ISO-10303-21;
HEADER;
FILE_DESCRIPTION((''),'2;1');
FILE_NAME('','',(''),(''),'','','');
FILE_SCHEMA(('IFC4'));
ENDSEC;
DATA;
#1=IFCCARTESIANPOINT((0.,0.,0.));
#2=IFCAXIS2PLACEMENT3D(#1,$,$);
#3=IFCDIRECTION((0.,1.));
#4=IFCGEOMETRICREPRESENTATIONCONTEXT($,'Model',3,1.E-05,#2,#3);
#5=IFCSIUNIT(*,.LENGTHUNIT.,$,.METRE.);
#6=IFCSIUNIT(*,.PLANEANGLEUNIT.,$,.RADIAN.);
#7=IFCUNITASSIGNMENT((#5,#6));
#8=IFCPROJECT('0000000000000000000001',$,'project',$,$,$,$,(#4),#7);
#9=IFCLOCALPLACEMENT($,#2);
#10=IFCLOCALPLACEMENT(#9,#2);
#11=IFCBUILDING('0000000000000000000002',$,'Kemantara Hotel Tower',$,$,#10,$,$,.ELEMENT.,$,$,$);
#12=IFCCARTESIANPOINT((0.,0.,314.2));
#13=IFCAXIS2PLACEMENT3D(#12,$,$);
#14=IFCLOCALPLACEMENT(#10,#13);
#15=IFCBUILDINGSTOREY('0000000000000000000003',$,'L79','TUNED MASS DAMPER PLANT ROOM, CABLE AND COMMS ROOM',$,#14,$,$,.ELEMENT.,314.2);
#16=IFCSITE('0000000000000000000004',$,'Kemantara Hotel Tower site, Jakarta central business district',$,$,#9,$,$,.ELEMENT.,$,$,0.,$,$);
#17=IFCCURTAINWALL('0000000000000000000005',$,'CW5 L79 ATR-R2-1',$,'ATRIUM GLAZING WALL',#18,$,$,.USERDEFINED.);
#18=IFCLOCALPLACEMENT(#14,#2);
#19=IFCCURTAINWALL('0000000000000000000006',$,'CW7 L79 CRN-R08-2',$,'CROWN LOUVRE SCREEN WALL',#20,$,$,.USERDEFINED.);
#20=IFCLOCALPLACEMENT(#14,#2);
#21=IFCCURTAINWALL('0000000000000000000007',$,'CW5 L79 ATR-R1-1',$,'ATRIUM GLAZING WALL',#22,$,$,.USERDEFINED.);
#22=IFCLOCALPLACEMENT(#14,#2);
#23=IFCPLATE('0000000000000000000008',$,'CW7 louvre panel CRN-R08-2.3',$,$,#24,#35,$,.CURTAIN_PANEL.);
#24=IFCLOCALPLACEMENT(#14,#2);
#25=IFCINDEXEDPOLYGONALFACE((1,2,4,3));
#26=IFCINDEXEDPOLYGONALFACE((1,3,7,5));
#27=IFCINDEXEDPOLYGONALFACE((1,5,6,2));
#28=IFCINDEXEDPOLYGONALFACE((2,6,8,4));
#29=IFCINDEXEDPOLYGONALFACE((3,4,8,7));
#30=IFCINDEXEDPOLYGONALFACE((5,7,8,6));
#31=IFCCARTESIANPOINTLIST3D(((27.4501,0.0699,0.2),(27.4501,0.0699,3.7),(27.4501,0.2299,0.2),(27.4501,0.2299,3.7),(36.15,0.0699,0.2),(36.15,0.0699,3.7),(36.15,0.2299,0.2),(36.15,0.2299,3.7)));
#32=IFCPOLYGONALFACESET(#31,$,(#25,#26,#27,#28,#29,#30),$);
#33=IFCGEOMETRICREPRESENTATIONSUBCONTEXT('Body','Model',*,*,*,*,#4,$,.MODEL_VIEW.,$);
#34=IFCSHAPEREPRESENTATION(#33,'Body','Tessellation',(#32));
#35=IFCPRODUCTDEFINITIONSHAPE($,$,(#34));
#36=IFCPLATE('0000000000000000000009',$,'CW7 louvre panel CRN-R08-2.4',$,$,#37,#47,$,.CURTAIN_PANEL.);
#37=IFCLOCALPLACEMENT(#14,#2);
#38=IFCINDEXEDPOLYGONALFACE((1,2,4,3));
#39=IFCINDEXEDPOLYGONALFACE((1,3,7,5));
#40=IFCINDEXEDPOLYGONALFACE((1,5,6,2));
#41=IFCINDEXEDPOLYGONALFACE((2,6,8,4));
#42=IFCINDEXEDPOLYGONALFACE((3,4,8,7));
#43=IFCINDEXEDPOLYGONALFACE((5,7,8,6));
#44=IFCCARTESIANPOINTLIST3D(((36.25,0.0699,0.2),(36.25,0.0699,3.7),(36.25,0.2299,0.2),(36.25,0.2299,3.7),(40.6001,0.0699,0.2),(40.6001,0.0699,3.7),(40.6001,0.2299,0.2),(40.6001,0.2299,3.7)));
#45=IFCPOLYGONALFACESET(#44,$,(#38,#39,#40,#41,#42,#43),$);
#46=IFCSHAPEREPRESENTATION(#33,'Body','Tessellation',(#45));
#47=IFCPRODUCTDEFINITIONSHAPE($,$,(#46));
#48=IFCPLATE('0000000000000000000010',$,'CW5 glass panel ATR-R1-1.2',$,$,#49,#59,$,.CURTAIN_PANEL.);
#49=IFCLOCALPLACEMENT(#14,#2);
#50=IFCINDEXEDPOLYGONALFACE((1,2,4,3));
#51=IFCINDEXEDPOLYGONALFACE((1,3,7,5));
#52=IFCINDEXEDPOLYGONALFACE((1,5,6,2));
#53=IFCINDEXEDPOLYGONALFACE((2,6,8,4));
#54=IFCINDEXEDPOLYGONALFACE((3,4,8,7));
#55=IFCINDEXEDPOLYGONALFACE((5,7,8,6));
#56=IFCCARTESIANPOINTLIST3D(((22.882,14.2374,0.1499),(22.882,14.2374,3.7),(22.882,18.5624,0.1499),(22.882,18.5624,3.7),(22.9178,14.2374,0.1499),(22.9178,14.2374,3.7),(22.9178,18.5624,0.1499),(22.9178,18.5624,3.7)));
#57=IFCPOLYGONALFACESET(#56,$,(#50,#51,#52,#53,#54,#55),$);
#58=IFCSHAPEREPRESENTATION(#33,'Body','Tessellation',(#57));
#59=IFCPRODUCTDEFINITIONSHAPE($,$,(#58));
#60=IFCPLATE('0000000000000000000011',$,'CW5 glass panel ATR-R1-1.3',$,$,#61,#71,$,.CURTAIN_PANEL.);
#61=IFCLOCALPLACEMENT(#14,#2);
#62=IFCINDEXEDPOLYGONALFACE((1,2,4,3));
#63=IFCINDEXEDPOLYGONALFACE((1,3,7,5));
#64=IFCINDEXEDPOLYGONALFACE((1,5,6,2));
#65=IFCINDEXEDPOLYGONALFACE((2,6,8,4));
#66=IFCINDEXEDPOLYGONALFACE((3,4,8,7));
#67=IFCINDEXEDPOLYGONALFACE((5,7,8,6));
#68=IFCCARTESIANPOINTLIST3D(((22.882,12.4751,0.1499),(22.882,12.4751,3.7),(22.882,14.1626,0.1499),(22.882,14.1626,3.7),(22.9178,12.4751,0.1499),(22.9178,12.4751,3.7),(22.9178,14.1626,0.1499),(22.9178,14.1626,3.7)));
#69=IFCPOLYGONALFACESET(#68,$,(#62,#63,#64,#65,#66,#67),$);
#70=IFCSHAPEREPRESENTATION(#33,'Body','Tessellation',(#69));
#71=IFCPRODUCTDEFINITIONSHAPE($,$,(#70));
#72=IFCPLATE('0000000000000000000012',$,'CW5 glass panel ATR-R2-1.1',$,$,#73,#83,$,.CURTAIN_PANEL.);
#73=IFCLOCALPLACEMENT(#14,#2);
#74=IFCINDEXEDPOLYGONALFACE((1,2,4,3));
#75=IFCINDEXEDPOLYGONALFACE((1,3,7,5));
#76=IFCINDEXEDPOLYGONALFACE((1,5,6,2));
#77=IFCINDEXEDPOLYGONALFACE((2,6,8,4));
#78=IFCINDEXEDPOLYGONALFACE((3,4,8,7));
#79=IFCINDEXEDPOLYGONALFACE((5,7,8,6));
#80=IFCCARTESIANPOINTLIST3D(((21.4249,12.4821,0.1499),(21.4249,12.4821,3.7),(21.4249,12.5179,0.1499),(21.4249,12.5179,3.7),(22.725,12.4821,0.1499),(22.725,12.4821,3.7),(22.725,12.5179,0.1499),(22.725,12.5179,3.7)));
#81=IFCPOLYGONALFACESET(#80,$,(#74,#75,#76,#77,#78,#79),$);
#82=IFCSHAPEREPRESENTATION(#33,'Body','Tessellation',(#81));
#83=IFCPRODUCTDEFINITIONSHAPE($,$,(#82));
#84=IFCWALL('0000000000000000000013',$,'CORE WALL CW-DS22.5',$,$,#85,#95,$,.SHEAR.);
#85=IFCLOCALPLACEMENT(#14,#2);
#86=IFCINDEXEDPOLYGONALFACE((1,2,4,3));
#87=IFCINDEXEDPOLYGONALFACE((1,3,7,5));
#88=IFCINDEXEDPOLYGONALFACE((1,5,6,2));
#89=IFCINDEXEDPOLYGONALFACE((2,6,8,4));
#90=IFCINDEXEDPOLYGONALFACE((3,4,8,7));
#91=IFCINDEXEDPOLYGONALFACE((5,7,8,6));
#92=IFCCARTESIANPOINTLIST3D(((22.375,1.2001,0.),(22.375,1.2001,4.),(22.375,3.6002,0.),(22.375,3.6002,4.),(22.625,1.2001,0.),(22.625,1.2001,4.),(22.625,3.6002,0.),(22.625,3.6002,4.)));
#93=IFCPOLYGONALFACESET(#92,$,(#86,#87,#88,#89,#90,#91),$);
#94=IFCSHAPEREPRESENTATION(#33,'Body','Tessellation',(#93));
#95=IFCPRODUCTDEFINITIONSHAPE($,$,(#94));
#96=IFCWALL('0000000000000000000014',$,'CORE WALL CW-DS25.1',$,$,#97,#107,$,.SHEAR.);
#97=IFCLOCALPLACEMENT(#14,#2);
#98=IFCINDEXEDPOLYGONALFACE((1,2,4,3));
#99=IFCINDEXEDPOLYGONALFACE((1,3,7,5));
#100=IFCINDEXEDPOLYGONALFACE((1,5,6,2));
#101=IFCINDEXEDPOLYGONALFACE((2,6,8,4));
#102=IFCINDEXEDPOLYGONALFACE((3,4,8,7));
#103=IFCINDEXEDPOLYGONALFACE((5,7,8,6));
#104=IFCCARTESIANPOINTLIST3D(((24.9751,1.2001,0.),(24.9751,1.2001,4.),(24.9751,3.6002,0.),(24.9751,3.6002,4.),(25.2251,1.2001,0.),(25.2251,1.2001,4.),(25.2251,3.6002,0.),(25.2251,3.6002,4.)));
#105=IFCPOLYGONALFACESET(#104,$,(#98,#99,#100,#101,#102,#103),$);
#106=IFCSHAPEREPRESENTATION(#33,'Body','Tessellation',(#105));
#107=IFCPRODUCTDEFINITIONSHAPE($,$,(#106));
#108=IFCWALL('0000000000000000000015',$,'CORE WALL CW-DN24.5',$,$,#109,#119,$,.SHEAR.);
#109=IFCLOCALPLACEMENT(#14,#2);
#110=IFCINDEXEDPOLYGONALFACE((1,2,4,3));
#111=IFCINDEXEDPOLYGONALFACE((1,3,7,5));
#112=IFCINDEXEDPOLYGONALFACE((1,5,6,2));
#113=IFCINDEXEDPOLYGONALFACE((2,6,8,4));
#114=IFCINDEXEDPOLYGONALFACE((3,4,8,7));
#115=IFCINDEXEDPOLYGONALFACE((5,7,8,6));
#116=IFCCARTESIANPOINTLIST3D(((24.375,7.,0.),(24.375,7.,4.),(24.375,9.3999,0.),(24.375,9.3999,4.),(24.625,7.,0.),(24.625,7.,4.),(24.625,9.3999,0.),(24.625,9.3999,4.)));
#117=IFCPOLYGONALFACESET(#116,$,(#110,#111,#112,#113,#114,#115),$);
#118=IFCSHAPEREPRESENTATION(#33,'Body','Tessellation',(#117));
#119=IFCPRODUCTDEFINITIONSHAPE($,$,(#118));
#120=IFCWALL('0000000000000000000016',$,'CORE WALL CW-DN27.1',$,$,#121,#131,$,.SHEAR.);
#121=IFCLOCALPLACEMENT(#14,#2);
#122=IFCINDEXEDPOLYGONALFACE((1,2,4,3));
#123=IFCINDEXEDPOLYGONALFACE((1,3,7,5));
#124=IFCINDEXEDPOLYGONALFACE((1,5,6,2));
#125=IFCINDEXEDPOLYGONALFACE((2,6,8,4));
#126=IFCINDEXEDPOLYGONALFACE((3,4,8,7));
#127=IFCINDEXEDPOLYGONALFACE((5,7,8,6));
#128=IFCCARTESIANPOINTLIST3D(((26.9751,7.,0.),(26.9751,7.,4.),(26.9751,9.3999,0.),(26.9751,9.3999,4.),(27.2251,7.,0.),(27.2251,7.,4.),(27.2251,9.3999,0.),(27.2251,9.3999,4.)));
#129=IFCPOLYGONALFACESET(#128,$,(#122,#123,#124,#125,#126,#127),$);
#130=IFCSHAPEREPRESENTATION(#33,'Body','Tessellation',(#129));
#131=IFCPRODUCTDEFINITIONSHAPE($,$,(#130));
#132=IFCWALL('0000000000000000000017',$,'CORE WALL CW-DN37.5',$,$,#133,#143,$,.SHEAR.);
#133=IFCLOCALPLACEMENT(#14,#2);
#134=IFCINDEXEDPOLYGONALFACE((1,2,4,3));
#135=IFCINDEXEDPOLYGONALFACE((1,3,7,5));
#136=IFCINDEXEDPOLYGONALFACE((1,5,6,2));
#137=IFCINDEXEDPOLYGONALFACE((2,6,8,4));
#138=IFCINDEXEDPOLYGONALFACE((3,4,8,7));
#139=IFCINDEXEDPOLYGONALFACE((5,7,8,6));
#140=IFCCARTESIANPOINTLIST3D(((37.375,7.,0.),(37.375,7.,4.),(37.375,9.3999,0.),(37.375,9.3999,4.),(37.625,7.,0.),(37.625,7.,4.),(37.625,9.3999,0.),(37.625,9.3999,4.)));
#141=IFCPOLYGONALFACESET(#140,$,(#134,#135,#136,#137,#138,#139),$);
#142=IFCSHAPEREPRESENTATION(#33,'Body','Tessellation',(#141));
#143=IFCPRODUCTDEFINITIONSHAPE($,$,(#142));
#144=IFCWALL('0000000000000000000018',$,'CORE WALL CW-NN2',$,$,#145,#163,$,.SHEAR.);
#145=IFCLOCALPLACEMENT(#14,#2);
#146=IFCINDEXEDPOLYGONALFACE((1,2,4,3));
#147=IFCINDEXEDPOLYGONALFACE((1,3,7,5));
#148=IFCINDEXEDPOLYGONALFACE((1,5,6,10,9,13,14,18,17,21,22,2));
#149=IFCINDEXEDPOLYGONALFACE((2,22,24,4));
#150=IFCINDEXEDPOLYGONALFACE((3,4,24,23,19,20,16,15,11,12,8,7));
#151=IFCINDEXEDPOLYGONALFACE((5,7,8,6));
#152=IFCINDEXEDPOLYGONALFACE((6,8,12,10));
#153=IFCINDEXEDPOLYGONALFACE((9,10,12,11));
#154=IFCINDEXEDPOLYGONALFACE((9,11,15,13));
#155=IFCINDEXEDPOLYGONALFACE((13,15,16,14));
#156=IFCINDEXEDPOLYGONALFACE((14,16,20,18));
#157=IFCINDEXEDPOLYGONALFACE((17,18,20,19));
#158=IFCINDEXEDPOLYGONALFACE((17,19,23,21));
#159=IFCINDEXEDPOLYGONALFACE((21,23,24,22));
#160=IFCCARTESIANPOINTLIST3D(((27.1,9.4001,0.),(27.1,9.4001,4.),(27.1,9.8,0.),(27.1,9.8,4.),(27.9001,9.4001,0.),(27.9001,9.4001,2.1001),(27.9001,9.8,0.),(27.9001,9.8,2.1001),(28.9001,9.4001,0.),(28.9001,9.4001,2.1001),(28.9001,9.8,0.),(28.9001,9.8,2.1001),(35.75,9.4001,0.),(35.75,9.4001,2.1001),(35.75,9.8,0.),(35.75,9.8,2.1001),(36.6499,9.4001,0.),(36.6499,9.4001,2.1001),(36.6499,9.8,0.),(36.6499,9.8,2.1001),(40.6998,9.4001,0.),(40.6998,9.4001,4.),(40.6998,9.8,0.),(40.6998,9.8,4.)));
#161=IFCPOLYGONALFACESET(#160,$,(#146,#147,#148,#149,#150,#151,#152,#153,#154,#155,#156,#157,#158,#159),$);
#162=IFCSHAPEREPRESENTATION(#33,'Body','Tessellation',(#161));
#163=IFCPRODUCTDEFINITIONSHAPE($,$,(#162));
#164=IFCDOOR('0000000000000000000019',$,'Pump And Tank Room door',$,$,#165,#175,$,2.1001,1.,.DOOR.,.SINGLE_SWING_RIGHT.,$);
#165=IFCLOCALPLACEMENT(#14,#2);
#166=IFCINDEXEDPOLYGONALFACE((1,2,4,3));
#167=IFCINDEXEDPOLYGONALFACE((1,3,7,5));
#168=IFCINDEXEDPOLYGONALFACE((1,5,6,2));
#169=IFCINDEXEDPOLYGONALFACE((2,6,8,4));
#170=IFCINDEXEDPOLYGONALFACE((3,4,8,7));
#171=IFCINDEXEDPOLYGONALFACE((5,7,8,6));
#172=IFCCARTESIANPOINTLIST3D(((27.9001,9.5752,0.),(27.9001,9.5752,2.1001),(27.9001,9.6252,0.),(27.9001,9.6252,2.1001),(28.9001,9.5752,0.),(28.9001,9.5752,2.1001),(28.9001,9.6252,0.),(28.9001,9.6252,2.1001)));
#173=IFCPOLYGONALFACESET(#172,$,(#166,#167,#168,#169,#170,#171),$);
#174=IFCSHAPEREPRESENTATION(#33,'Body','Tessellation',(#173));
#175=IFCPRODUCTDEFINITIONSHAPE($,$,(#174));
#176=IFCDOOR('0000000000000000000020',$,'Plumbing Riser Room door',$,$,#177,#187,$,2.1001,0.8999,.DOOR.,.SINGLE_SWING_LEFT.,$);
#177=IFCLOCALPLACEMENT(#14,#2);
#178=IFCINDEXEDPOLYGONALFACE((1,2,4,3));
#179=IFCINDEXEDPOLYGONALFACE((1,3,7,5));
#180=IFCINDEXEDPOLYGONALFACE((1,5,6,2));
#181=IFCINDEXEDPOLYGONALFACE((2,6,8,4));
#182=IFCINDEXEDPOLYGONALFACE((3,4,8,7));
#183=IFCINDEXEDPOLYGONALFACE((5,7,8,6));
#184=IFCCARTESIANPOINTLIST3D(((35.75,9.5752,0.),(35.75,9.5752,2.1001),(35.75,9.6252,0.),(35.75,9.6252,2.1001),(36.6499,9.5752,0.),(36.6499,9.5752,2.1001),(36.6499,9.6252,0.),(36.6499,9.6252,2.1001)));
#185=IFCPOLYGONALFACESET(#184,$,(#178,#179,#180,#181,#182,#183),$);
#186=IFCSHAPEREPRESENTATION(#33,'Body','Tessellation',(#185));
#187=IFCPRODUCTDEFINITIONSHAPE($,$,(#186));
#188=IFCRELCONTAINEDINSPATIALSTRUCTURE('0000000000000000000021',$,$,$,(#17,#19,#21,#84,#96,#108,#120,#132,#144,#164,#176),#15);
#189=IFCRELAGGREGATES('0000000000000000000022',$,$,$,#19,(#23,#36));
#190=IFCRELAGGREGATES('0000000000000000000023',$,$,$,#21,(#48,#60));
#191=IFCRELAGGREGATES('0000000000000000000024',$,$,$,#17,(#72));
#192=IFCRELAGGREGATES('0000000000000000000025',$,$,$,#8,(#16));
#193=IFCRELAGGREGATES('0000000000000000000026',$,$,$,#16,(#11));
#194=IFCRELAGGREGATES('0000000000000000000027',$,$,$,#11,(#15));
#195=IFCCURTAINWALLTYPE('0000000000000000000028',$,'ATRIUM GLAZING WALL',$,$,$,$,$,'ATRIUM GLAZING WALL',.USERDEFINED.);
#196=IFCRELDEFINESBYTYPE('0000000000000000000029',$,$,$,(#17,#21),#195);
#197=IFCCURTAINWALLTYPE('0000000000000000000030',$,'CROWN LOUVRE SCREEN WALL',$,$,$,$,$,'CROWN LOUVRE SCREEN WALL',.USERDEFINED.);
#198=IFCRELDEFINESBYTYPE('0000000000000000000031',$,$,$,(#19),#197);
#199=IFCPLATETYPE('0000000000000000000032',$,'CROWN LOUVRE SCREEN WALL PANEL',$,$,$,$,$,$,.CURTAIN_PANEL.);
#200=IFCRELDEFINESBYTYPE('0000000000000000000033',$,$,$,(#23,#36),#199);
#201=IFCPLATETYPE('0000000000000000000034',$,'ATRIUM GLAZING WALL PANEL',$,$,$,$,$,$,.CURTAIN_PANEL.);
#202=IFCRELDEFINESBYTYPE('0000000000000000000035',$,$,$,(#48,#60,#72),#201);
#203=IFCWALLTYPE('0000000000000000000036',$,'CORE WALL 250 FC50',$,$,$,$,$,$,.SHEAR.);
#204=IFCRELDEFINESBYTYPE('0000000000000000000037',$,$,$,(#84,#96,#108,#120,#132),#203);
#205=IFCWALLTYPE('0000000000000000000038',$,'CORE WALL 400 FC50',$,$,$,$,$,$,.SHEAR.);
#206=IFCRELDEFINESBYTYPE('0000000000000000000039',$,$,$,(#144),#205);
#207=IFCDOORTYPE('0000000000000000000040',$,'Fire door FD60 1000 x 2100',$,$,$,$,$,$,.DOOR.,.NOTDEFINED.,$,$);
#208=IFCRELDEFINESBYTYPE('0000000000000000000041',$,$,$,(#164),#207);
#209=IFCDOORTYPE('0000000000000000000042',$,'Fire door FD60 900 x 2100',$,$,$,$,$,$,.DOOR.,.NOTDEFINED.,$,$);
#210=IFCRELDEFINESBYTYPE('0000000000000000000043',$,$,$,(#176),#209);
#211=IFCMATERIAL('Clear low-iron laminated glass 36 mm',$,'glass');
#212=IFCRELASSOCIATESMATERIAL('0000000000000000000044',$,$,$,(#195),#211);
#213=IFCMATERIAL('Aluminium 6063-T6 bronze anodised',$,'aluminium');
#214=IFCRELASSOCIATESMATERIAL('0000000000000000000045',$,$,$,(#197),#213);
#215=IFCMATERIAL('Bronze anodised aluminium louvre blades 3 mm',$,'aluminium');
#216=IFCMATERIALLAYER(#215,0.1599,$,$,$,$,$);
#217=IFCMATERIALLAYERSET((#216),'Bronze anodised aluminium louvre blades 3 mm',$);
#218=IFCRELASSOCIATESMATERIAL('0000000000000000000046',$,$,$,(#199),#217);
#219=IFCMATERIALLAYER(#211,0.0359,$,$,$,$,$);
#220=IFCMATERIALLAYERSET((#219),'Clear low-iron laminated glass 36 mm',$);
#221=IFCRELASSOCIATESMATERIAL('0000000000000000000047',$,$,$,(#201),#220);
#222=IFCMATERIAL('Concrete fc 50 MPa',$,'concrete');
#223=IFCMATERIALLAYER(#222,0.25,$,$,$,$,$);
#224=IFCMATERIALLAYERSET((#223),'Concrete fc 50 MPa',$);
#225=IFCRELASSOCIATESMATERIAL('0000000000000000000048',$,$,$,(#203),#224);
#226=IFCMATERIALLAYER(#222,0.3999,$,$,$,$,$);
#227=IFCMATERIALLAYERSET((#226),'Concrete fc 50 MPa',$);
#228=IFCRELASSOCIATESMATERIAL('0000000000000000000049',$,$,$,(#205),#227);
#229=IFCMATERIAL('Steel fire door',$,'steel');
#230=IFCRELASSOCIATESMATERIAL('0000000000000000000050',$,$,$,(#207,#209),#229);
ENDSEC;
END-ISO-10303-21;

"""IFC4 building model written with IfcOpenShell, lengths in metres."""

from ifc_helpers import new_model, si_unit, direction, frame, frame_2d, origin, origin_2d, place, context, subcontext, project, spatial, rectangle, extrude, source, transform, mapped, material, layer, layer_set, type_object, element, fill, aggregate, save


model = new_model("IFC4")

# Units and contexts
model_context = context("Model", 3, precision=1e-05, world=origin(), true_north=direction((0.0, 1.0)))
body_context = subcontext(model_context, "Body", "Model", "MODEL_VIEW")
ifc_project = project(units=[si_unit("LENGTHUNIT", "METRE"), si_unit("PLANEANGLEUNIT", "RADIAN")], contexts=[model_context])

# Site, building, storey
site_placement = place(None, origin())
site = spatial("IfcSite", under=ifc_project, at=site_placement, Name="Kemantara Hotel Tower site, Jakarta central business district", CompositionType="ELEMENT", RefElevation=0.0)
building_placement = place(site_placement, origin())
building = spatial("IfcBuilding", under=site, at=building_placement, Name="Kemantara Hotel Tower", CompositionType="ELEMENT")
storey_placement = place(building_placement, frame((0.0, 0.0, 314.2)))
storey = spatial("IfcBuildingStorey", under=building, at=storey_placement, Name="L79", Description="TUNED MASS DAMPER PLANT ROOM, CABLE AND COMMS ROOM", CompositionType="ELEMENT", Elevation=314.2)

# Shared definitions
ifc_material_1 = material(Name="Concrete fc 50 MPa", Category="concrete")

# Curtain wall
ifc_material_2 = material(Name="Clear low-iron laminated glass 36 mm", Category="glass")
curtain_wall_type_1 = type_object("IfcCurtainWallType", Name="ATRIUM GLAZING WALL", ElementType="ATRIUM GLAZING WALL", PredefinedType="USERDEFINED", material=ifc_material_2)
curtain_wall_1_placement = place(storey_placement, origin())
curtain_wall_1 = element("IfcCurtainWall", 1, at=curtain_wall_1_placement, inside=storey, type_object=curtain_wall_type_1, Name="CW5 L79 ATR-R2-1", ObjectType="ATRIUM GLAZING WALL", PredefinedType="USERDEFINED")
ifc_material_3 = material(Name="Aluminium 6063-T6 bronze anodised", Category="aluminium")

# Curtain walls
curtain_wall_type_2 = type_object("IfcCurtainWallType", Name="CROWN LOUVRE SCREEN WALL", ElementType="CROWN LOUVRE SCREEN WALL", PredefinedType="USERDEFINED", material=ifc_material_3)
curtain_wall_2_placement = place(storey_placement, origin())
curtain_wall_2 = element("IfcCurtainWall", 2, at=curtain_wall_2_placement, inside=storey, type_object=curtain_wall_type_2, Name="CW7 L79 CRN-R08-2", ObjectType="CROWN LOUVRE SCREEN WALL", PredefinedType="USERDEFINED")
curtain_wall_3_placement = place(storey_placement, origin())
curtain_wall_3 = element("IfcCurtainWall", 3, at=curtain_wall_3_placement, inside=storey, type_object=curtain_wall_type_1, Name="CW5 L79 ATR-R1-1", ObjectType="ATRIUM GLAZING WALL", PredefinedType="USERDEFINED")

# Plates
ifc_material_4 = material(Name="Bronze anodised aluminium louvre blades 3 mm", Category="aluminium")
ifc_layer_1 = layer(ifc_material_4, 0.1599)
ifc_layer_set_1 = layer_set([ifc_layer_1], Name="Bronze anodised aluminium louvre blades 3 mm")
plate_type_1 = type_object("IfcPlateType", Name="CROWN LOUVRE SCREEN WALL PANEL", PredefinedType="CURTAIN_PANEL", material=ifc_layer_set_1)
shared_shape_1 = source(origin(), body_context, "Body", "SweptSolid", [
    extrude(rectangle(XDim=8.7, YDim=0.1599, at=origin_2d()), origin(), (0.0, 0.0, 1.0), 3.5),
])
plate_1_placement = place(storey_placement, frame((31.8, 0.1499, 0.2), z_axis=(0.0, 0.0, 1.0), x_axis=(1.0, 0.0, 0.0)))
plate_1 = element("IfcPlate", 4, at=plate_1_placement, type_object=plate_type_1, Name="CW7 louvre panel CRN-R08-2.3", PredefinedType="CURTAIN_PANEL", context=body_context, shape_type="MappedRepresentation", body=[
    mapped(shared_shape_1, transform((0.0, 0.0, 0.0))),
])
shared_shape_2 = source(origin(), body_context, "Body", "SweptSolid", [
    extrude(rectangle(XDim=4.3501, YDim=0.1599, at=origin_2d()), origin(), (0.0, 0.0, 1.0), 3.5),
])
plate_2_placement = place(storey_placement, frame((38.425, 0.1499, 0.2), z_axis=(0.0, 0.0, 1.0), x_axis=(1.0, 0.0, 0.0)))
plate_2 = element("IfcPlate", 5, at=plate_2_placement, type_object=plate_type_1, Name="CW7 louvre panel CRN-R08-2.4", PredefinedType="CURTAIN_PANEL", context=body_context, shape_type="MappedRepresentation", body=[
    mapped(shared_shape_2, transform((0.0, 0.0, 0.0))),
])
aggregate(curtain_wall_2, [plate_1, plate_2])
ifc_layer_2 = layer(ifc_material_2, 0.0359)
ifc_layer_set_2 = layer_set([ifc_layer_2], Name="Clear low-iron laminated glass 36 mm")
plate_type_2 = type_object("IfcPlateType", Name="ATRIUM GLAZING WALL PANEL", PredefinedType="CURTAIN_PANEL", material=ifc_layer_set_2)
shared_shape_3 = source(origin(), body_context, "Body", "SweptSolid", [
    extrude(rectangle(XDim=4.325, YDim=0.0359, at=origin_2d()), origin(), (0.0, 0.0, 1.0), 3.55),
])
plate_3_placement = place(storey_placement, frame((22.8999, 16.3999, 0.1499), z_axis=(0.0, 0.0, 1.0), x_axis=(0.0, -1.0, 0.0)))
plate_3 = element("IfcPlate", 6, at=plate_3_placement, type_object=plate_type_2, Name="CW5 glass panel ATR-R1-1.2", PredefinedType="CURTAIN_PANEL", context=body_context, shape_type="MappedRepresentation", body=[
    mapped(shared_shape_3, transform((0.0, 0.0, 0.0))),
])
shared_shape_4 = source(origin(), body_context, "Body", "SweptSolid", [
    extrude(rectangle(XDim=1.6875, YDim=0.0359, at=origin_2d()), origin(), (0.0, 0.0, 1.0), 3.55),
])
plate_4_placement = place(storey_placement, frame((22.8999, 13.3188, 0.1499), z_axis=(0.0, 0.0, 1.0), x_axis=(0.0, -1.0, 0.0)))
plate_4 = element("IfcPlate", 7, at=plate_4_placement, type_object=plate_type_2, Name="CW5 glass panel ATR-R1-1.3", PredefinedType="CURTAIN_PANEL", context=body_context, shape_type="MappedRepresentation", body=[
    mapped(shared_shape_4, transform((0.0, 0.0, 0.0))),
])
aggregate(curtain_wall_3, [plate_3, plate_4])
shared_shape_5 = source(origin(), body_context, "Body", "SweptSolid", [
    extrude(rectangle(XDim=1.3, YDim=0.0359, at=origin_2d()), origin(), (0.0, 0.0, 1.0), 3.55),
])
plate_5_placement = place(storey_placement, frame((22.075, 12.5, 0.1499), z_axis=(0.0, 0.0, 1.0), x_axis=(-1.0, 0.0, 0.0)))
plate_5 = element("IfcPlate", 8, at=plate_5_placement, type_object=plate_type_2, Name="CW5 glass panel ATR-R2-1.1", PredefinedType="CURTAIN_PANEL", context=body_context, shape_type="MappedRepresentation", body=[
    mapped(shared_shape_5, transform((0.0, 0.0, 0.0))),
])
aggregate(curtain_wall_1, [plate_5])

# Walls
ifc_layer_3 = layer(ifc_material_1, 0.25)
ifc_layer_set_3 = layer_set([ifc_layer_3], Name="Concrete fc 50 MPa")
wall_type_1 = type_object("IfcWallType", Name="CORE WALL 250 FC50", PredefinedType="SHEAR", material=ifc_layer_set_3)
for number, where, z_axis, x_axis, name in (
    (9, (22.5, 1.2, 0.0), (0.0, 0.0, 1.0), (0.0, 1.0, 0.0), "CORE WALL CW-DS22.5"),
    (10, (25.1001, 1.2, 0.0), (0.0, 0.0, 1.0), (0.0, 1.0, 0.0), "CORE WALL CW-DS25.1"),
):
    element("IfcWall", number, at=place(storey_placement, frame(where, z_axis=z_axis, x_axis=x_axis)), inside=storey, type_object=wall_type_1, Name=name, PredefinedType="SHEAR", context=body_context, shape_type="SweptSolid", body=[
        extrude(rectangle(XDim=2.4001, YDim=0.25, at=frame_2d((1.2002, 0.0))), origin(), (0.0, 0.0, 1.0), 4.0),
    ])
for number, where, z_axis, x_axis, name in (
    (11, (24.5, 7.0, 0.0), (0.0, 0.0, 1.0), (0.0, 1.0, 0.0), "CORE WALL CW-DN24.5"),
    (12, (27.1001, 7.0, 0.0), (0.0, 0.0, 1.0), (0.0, 1.0, 0.0), "CORE WALL CW-DN27.1"),
    (13, (37.5, 7.0, 0.0), (0.0, 0.0, 1.0), (0.0, 1.0, 0.0), "CORE WALL CW-DN37.5"),
):
    element("IfcWall", number, at=place(storey_placement, frame(where, z_axis=z_axis, x_axis=x_axis)), inside=storey, type_object=wall_type_1, Name=name, PredefinedType="SHEAR", context=body_context, shape_type="SweptSolid", body=[
        extrude(rectangle(XDim=2.3999, YDim=0.25, at=frame_2d((1.2, 0.0))), origin(), (0.0, 0.0, 1.0), 4.0),
    ])

# Wall, openings, doors
ifc_layer_4 = layer(ifc_material_1, 0.3999)
ifc_layer_set_4 = layer_set([ifc_layer_4], Name="Concrete fc 50 MPa")
wall_type_2 = type_object("IfcWallType", Name="CORE WALL 400 FC50", PredefinedType="SHEAR", material=ifc_layer_set_4)
wall_1_placement = place(storey_placement, frame((27.1001, 9.6001, 0.0), z_axis=(0.0, 0.0, 1.0), x_axis=(1.0, 0.0, 0.0)))
wall_1 = element("IfcWall", 14, at=wall_1_placement, inside=storey, type_object=wall_type_2, Name="CORE WALL CW-NN2", PredefinedType="SHEAR", context=body_context, shape_type="SweptSolid", body=[
    extrude(rectangle(XDim=13.5999, YDim=0.3999, at=frame_2d((6.7998, 0.0))), origin(), (0.0, 0.0, 1.0), 4.0),
])
opening_1_placement = place(wall_1_placement, frame((0.8, 0.0, 0.0)))
opening_1 = element("IfcOpeningElement", 15, at=opening_1_placement, cuts=wall_1, PredefinedType="OPENING", context=body_context, shape_type="SweptSolid", body=[
    extrude(rectangle(XDim=1.0, YDim=2.1001, at=frame_2d((0.5, 1.05))), frame((0.0, 0.21, 0.0), z_axis=(0.0, -1.0, 0.0), x_axis=(1.0, 0.0, 0.0)), (0.0, 0.0, 1.0), 0.4199),
])
opening_2_placement = place(wall_1_placement, frame((8.6499, 0.0, 0.0)))
opening_2 = element("IfcOpeningElement", 16, at=opening_2_placement, cuts=wall_1, PredefinedType="OPENING", context=body_context, shape_type="SweptSolid", body=[
    extrude(rectangle(XDim=0.8999, YDim=2.1001, at=frame_2d((0.45, 1.05))), frame((0.0, 0.21, 0.0), z_axis=(0.0, -1.0, 0.0), x_axis=(1.0, 0.0, 0.0)), (0.0, 0.0, 1.0), 0.4199),
])
ifc_material_5 = material(Name="Steel fire door", Category="steel")
door_type_1 = type_object("IfcDoorType", Name="Fire door FD60 1000 x 2100", OperationType="NOTDEFINED", PredefinedType="DOOR", material=ifc_material_5)
door_1_placement = place(opening_1_placement, frame((1.0, 0.0, 0.0), z_axis=(0.0, 0.0, 1.0), x_axis=(-1.0, 0.0, 0.0)))
door_1 = element("IfcDoor", 17, at=door_1_placement, inside=storey, type_object=door_type_1, Name="Pump And Tank Room door", OperationType="SINGLE_SWING_RIGHT", OverallHeight=2.1001, OverallWidth=1.0, PredefinedType="DOOR", context=body_context, shape_type="SweptSolid", body=[
    extrude(rectangle(XDim=1.0, YDim=2.1001, at=frame_2d((0.5, 1.05))), frame((0.0, 0.0249, 0.0), z_axis=(0.0, -1.0, 0.0), x_axis=(1.0, 0.0, 0.0)), (0.0, 0.0, 1.0), 0.05),
])
fill(opening_1, door_1)
door_type_2 = type_object("IfcDoorType", Name="Fire door FD60 900 x 2100", OperationType="NOTDEFINED", PredefinedType="DOOR", material=ifc_material_5)
door_2_placement = place(opening_2_placement, frame((0.8999, 0.0, 0.0), z_axis=(0.0, 0.0, 1.0), x_axis=(-1.0, 0.0, 0.0)))
door_2 = element("IfcDoor", 18, at=door_2_placement, inside=storey, type_object=door_type_2, Name="Plumbing Riser Room door", OperationType="SINGLE_SWING_LEFT", OverallHeight=2.1001, OverallWidth=0.8999, PredefinedType="DOOR", context=body_context, shape_type="SweptSolid", body=[
    extrude(rectangle(XDim=0.8999, YDim=2.1001, at=frame_2d((0.45, 1.05))), frame((0.0, 0.0249, 0.0), z_axis=(0.0, -1.0, 0.0), x_axis=(1.0, 0.0, 0.0)), (0.0, 0.0, 1.0), 0.05),
])
fill(opening_2, door_2)

save(model, "model.ifc")
